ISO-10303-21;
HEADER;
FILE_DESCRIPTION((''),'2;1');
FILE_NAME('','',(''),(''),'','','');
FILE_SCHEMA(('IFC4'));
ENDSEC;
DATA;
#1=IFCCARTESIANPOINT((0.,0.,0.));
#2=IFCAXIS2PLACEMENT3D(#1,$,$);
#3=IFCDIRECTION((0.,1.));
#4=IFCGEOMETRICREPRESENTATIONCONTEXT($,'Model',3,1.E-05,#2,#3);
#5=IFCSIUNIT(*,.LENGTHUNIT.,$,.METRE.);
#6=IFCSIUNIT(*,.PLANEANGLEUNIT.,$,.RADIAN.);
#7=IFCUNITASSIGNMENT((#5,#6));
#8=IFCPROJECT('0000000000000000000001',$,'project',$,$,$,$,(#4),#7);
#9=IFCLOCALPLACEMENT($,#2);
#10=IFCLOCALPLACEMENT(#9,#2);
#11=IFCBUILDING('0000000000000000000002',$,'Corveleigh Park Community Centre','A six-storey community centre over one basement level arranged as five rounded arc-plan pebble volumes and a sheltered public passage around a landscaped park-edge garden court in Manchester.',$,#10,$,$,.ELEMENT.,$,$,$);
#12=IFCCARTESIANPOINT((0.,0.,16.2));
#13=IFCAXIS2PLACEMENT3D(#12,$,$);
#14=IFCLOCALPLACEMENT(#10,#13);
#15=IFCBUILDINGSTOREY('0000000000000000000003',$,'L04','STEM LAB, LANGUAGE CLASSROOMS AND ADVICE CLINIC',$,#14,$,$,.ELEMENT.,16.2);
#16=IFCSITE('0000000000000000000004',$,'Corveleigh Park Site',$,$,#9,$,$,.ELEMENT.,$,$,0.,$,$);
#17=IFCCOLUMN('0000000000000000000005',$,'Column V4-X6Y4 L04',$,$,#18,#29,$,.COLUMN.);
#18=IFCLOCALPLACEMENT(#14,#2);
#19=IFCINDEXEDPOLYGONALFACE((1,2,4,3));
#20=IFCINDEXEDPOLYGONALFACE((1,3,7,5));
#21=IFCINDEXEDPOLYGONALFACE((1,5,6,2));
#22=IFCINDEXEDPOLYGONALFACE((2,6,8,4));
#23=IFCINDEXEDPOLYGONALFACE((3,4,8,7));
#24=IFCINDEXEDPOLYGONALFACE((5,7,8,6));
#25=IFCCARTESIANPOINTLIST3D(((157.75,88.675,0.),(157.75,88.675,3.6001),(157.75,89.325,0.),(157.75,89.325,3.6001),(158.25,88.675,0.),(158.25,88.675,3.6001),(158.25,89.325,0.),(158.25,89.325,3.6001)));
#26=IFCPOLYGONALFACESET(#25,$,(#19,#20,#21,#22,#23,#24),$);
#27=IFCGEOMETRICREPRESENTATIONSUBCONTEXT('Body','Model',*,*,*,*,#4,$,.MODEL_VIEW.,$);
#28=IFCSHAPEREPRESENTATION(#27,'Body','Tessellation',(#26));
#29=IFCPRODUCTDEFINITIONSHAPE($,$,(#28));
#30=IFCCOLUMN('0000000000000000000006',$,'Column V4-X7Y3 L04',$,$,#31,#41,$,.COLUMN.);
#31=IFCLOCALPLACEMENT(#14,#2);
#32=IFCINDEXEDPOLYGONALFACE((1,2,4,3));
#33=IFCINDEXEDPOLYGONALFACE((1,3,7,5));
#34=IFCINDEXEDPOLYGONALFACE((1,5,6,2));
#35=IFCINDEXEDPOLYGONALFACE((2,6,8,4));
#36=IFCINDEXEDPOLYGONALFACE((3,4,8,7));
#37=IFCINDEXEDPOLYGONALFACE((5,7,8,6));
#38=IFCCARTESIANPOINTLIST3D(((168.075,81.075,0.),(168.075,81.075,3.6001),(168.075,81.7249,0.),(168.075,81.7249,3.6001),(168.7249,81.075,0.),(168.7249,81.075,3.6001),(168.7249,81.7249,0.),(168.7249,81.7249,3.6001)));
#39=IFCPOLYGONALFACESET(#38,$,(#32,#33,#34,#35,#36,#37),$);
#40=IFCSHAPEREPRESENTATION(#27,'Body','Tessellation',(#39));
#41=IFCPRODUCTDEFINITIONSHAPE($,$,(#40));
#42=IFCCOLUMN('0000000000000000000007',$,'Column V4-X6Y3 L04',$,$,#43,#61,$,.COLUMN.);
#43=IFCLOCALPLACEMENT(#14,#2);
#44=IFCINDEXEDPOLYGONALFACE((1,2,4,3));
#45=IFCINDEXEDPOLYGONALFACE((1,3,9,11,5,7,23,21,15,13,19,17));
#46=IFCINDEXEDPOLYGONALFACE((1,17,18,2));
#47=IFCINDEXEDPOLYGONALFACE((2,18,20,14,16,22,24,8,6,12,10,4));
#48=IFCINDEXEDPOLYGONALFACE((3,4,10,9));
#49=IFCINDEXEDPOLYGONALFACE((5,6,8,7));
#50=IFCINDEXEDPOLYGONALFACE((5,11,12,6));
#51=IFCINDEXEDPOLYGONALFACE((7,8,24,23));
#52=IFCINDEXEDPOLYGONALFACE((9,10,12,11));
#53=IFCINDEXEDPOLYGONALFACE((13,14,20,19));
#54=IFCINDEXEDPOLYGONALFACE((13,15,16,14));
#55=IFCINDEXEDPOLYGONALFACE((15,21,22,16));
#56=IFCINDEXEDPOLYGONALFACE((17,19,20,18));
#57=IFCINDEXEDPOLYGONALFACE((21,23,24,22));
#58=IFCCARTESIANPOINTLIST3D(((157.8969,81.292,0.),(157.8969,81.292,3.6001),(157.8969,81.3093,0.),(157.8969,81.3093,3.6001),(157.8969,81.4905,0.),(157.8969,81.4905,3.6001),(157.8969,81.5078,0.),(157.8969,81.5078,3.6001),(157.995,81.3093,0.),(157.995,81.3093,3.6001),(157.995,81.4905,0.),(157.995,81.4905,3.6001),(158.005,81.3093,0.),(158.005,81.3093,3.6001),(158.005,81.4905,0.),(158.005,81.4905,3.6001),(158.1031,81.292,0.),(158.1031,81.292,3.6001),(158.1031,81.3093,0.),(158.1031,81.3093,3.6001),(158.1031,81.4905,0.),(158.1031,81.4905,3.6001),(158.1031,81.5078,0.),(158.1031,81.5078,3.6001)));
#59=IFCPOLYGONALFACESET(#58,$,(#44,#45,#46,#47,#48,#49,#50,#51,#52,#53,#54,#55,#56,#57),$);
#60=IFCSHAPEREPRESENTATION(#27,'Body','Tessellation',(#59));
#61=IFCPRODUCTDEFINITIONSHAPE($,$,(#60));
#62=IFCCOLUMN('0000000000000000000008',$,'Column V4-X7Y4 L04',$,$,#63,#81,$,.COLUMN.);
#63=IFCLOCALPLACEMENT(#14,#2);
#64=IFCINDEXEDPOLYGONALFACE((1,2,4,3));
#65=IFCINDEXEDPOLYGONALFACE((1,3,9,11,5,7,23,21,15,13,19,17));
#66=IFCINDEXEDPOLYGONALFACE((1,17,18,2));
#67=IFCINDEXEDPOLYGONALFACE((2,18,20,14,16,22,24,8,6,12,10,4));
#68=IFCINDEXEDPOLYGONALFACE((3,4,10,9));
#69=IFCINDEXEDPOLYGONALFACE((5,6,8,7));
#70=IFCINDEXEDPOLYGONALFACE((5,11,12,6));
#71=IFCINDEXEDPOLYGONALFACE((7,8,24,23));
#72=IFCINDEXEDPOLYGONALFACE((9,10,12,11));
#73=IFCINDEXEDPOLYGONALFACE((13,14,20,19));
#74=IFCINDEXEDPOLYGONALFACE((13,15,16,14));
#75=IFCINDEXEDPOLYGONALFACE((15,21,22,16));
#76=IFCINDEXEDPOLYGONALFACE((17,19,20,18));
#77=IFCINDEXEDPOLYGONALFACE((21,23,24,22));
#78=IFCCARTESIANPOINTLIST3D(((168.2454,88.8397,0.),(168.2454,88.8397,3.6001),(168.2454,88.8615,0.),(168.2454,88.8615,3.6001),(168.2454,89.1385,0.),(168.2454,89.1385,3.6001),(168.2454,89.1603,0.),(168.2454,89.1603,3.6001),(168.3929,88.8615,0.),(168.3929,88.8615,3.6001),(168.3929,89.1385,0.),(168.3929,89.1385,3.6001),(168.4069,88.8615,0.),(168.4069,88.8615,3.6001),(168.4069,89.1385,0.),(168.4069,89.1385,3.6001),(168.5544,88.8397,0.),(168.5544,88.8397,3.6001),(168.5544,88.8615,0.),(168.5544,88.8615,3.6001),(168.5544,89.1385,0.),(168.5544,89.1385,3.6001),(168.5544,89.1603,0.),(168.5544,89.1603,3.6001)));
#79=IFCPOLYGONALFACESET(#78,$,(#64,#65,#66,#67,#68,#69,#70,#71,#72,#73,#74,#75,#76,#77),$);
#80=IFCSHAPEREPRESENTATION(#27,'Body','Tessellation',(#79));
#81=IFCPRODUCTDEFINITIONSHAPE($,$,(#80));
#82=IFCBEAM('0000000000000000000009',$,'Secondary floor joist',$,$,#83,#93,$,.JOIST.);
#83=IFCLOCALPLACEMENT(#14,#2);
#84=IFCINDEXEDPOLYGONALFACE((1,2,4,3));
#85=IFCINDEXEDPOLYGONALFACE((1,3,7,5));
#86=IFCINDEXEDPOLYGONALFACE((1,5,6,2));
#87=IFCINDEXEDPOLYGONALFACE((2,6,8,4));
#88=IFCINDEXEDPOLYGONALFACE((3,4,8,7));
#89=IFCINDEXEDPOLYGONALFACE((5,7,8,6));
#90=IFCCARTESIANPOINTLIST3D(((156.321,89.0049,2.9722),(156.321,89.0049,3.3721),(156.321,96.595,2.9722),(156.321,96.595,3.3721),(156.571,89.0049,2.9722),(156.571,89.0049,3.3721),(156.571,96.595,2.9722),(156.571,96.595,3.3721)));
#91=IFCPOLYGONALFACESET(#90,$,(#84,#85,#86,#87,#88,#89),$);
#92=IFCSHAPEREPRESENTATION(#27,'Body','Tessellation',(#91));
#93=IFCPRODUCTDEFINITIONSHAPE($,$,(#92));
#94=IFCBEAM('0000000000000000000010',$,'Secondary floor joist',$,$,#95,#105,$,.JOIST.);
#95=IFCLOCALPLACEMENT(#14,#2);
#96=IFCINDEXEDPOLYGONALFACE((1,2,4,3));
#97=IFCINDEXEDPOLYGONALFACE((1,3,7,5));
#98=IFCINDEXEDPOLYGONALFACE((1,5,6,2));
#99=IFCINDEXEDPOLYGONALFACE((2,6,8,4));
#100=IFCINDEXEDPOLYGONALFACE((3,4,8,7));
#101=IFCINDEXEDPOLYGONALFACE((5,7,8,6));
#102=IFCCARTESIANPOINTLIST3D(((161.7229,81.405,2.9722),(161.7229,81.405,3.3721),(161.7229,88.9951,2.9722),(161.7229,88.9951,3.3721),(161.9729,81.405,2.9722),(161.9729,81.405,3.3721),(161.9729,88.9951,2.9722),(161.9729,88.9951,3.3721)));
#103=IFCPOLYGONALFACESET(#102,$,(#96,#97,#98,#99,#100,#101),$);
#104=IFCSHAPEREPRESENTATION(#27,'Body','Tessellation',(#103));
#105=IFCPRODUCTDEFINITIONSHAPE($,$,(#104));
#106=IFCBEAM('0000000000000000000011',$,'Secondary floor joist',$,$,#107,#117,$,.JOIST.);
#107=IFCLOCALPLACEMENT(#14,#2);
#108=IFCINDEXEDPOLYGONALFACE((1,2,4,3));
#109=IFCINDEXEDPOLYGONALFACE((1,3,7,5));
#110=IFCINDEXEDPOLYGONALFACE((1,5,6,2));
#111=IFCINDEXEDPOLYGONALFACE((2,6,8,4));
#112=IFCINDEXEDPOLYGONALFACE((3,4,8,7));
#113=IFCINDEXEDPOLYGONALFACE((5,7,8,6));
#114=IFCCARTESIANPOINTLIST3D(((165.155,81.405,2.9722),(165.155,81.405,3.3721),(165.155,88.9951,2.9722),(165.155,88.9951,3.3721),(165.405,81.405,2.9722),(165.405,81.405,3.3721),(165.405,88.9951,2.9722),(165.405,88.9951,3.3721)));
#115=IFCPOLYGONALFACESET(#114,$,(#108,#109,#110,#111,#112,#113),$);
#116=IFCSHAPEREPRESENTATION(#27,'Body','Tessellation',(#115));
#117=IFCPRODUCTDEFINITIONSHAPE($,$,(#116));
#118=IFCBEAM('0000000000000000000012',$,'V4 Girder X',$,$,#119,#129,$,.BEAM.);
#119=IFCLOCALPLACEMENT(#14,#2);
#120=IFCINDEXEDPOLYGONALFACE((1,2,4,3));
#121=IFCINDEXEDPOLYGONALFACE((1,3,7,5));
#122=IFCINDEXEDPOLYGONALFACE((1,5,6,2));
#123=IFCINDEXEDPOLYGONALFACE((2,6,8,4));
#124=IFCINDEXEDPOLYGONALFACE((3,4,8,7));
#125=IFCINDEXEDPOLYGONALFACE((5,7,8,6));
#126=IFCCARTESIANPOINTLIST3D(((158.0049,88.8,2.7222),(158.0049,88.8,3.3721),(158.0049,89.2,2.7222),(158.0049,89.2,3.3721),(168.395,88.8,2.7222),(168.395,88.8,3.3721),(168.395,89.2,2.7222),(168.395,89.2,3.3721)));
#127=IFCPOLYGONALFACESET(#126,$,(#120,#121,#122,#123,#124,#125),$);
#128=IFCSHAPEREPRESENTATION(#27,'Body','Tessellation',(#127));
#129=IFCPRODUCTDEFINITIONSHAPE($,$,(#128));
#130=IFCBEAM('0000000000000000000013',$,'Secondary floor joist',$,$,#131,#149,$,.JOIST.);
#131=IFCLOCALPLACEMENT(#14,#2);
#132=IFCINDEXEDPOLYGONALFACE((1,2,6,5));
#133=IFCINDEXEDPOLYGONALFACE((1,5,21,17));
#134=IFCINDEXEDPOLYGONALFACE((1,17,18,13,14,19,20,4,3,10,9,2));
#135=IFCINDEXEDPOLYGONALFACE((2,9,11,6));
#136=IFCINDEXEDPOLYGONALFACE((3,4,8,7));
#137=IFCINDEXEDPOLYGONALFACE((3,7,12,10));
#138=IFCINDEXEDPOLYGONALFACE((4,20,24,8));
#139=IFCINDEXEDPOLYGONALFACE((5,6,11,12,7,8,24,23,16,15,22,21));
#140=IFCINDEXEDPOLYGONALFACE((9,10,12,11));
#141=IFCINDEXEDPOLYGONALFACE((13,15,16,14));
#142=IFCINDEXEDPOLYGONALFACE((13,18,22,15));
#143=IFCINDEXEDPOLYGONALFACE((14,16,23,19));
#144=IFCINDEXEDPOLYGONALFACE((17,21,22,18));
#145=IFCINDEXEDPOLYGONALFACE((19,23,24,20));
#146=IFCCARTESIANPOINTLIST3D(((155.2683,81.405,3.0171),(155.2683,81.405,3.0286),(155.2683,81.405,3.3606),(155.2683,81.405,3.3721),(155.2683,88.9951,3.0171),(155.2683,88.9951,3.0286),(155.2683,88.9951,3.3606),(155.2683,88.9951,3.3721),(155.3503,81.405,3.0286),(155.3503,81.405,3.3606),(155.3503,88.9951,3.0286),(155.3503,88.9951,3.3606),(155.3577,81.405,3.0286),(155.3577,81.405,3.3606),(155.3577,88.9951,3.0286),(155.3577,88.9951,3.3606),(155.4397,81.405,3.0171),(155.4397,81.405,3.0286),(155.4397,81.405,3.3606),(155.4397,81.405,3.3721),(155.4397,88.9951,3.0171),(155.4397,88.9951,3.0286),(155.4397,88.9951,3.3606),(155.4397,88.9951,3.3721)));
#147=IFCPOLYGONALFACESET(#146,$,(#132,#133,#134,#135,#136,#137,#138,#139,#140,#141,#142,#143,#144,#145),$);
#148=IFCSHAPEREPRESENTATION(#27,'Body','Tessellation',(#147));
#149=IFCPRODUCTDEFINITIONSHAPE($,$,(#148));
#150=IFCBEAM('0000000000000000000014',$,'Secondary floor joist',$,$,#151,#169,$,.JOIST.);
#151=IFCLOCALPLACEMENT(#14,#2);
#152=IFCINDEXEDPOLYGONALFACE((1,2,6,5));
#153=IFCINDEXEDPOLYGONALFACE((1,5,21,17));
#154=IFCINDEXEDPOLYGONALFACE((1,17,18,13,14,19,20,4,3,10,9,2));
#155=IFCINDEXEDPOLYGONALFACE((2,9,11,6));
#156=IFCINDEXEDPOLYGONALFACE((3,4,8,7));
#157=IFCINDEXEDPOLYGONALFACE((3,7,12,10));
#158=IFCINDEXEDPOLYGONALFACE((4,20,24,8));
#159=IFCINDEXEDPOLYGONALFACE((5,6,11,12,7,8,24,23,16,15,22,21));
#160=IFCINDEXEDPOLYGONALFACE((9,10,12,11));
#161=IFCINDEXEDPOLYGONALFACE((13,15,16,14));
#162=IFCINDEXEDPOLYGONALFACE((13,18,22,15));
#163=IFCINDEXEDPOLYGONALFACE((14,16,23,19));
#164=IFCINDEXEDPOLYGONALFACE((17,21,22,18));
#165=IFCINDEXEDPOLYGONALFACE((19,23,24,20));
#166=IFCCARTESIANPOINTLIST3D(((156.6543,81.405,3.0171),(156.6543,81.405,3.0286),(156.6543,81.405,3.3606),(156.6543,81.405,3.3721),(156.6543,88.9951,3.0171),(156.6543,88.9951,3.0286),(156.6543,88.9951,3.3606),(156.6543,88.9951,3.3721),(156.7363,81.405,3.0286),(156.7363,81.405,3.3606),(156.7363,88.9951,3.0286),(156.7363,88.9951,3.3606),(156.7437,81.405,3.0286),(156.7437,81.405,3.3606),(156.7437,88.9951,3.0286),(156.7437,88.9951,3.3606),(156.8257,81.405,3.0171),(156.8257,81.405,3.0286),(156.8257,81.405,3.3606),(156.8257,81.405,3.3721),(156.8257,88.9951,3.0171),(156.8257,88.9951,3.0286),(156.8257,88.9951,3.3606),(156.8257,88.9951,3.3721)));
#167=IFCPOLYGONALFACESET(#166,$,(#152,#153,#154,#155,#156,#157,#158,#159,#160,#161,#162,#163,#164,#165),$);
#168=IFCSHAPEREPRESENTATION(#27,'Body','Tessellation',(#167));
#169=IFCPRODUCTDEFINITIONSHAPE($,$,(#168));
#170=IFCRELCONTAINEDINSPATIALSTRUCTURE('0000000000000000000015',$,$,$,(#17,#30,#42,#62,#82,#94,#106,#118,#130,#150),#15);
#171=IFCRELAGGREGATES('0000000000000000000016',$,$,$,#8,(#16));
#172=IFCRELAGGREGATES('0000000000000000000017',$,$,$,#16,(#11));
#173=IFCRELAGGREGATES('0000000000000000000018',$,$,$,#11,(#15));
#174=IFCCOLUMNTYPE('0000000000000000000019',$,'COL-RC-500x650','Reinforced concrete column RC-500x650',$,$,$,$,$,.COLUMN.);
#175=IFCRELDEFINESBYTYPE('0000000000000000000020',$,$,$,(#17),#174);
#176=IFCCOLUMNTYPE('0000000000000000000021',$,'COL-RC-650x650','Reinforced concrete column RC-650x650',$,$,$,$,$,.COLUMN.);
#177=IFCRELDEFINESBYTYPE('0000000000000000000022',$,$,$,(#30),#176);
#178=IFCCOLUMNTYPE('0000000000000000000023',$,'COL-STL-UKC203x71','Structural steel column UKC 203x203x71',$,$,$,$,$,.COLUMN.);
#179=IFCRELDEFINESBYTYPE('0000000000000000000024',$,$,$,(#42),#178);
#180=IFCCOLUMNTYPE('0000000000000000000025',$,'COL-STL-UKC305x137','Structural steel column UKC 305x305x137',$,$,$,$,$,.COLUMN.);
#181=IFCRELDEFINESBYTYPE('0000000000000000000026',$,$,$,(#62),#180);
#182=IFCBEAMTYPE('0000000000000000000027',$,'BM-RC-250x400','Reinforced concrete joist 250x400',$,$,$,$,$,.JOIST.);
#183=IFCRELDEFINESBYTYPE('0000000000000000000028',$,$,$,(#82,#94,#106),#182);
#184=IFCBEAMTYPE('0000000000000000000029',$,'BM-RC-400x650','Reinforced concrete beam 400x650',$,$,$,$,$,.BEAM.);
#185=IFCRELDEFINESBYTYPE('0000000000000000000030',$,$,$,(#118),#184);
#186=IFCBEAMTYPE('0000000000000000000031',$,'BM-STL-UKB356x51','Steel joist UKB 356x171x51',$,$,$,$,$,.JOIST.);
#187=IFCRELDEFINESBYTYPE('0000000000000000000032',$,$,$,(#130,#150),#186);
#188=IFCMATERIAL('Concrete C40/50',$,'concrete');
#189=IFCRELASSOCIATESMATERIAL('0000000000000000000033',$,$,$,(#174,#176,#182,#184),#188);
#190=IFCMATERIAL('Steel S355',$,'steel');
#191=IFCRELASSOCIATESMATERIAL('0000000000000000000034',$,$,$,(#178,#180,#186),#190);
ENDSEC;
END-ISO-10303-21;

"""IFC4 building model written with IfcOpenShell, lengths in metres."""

from ifc_helpers import new_model, si_unit, direction, frame, origin, origin_2d, place, context, subcontext, project, spatial, rectangle, i_section, extrude, material, material_profile, profile_set, type_object, element, save


model = new_model("IFC4")

# Units and contexts
model_context = context("Model", 3, precision=1e-05, world=origin(), true_north=direction((0.0, 1.0)))
body_context = subcontext(model_context, "Body", "Model", "MODEL_VIEW")
ifc_project = project(units=[si_unit("LENGTHUNIT", "METRE"), si_unit("PLANEANGLEUNIT", "RADIAN")], contexts=[model_context])

# Site, building, storey
site_placement = place(None, origin())
site = spatial("IfcSite", under=ifc_project, at=site_placement, Name="Corveleigh Park Site", CompositionType="ELEMENT", RefElevation=0.0)
building_placement = place(site_placement, origin())
building = spatial("IfcBuilding", under=site, at=building_placement, Name="Corveleigh Park Community Centre", Description="A six-storey community centre over one basement level arranged as five rounded arc-plan pebble volumes and a sheltered public passage around a landscaped park-edge garden court in Manchester.", CompositionType="ELEMENT")
storey_placement = place(building_placement, frame((0.0, 0.0, 16.2)))
storey = spatial("IfcBuildingStorey", under=building, at=storey_placement, Name="L04", Description="STEM LAB, LANGUAGE CLASSROOMS AND ADVICE CLINIC", CompositionType="ELEMENT", Elevation=16.2)

# Columns
ifc_material_1 = material(Name="Concrete C40/50", Category="concrete")
ifc_material_profile_1 = material_profile(ifc_material_1, rectangle(XDim=0.5, YDim=0.6499, at=origin_2d()), Name="RC-500x650", Category="concrete")
ifc_profile_set_1 = profile_set([ifc_material_profile_1], Name="Concrete C40/50")
column_type_1 = type_object("IfcColumnType", Name="COL-RC-500x650", Description="Reinforced concrete column RC-500x650", PredefinedType="COLUMN", material=ifc_profile_set_1)
column_1_placement = place(storey_placement, frame((158.0, 89.0, 0.0), z_axis=(0.0, 0.0, 1.0), x_axis=(1.0, 0.0, 0.0)))
element("IfcColumn", 1, at=column_1_placement, inside=storey, type_object=column_type_1, Name="Column V4-X6Y4 L04", PredefinedType="COLUMN", context=body_context, shape_type="SweptSolid", body=[
    extrude(rectangle(XDim=0.5, YDim=0.6499, at=origin_2d()), origin(), (0.0, 0.0, 1.0), 3.6001),
])
ifc_material_profile_2 = material_profile(ifc_material_1, rectangle(XDim=0.6499, YDim=0.6499, at=origin_2d()), Name="RC-650x650", Category="concrete")
ifc_profile_set_2 = profile_set([ifc_material_profile_2], Name="Concrete C40/50")
column_type_2 = type_object("IfcColumnType", Name="COL-RC-650x650", Description="Reinforced concrete column RC-650x650", PredefinedType="COLUMN", material=ifc_profile_set_2)
column_2_placement = place(storey_placement, frame((168.3999, 81.3999, 0.0), z_axis=(0.0, 0.0, 1.0), x_axis=(1.0, 0.0, 0.0)))
element("IfcColumn", 2, at=column_2_placement, inside=storey, type_object=column_type_2, Name="Column V4-X7Y3 L04", PredefinedType="COLUMN", context=body_context, shape_type="SweptSolid", body=[
    extrude(rectangle(XDim=0.6499, YDim=0.6499, at=origin_2d()), origin(), (0.0, 0.0, 1.0), 3.6001),
])
ifc_material_2 = material(Name="Steel S355", Category="steel")
ifc_material_profile_3 = material_profile(ifc_material_2, i_section(OverallWidth=0.2063, OverallDepth=0.2158, WebThickness=0.01, FlangeThickness=0.0173, at=origin_2d()), Name="UKC 203x203x71", Category="steel")
ifc_profile_set_3 = profile_set([ifc_material_profile_3], Name="Steel S355")
column_type_3 = type_object("IfcColumnType", Name="COL-STL-UKC203x71", Description="Structural steel column UKC 203x203x71", PredefinedType="COLUMN", material=ifc_profile_set_3)
column_3_placement = place(storey_placement, frame((158.0, 81.3999, 0.0), z_axis=(0.0, 0.0, 1.0), x_axis=(1.0, 0.0, 0.0)))
element("IfcColumn", 3, at=column_3_placement, inside=storey, type_object=column_type_3, Name="Column V4-X6Y3 L04", PredefinedType="COLUMN", context=body_context, shape_type="SweptSolid", body=[
    extrude(i_section(OverallWidth=0.2063, OverallDepth=0.2158, WebThickness=0.01, FlangeThickness=0.0173, at=origin_2d()), origin(), (0.0, 0.0, 1.0), 3.6001),
])
ifc_material_profile_4 = material_profile(ifc_material_2, i_section(OverallWidth=0.3091, OverallDepth=0.3206, WebThickness=0.0139, FlangeThickness=0.0217, at=origin_2d()), Name="UKC 305x305x137", Category="steel")
ifc_profile_set_4 = profile_set([ifc_material_profile_4], Name="Steel S355")
column_type_4 = type_object("IfcColumnType", Name="COL-STL-UKC305x137", Description="Structural steel column UKC 305x305x137", PredefinedType="COLUMN", material=ifc_profile_set_4)
column_4_placement = place(storey_placement, frame((168.3999, 89.0, 0.0), z_axis=(0.0, 0.0, 1.0), x_axis=(1.0, 0.0, 0.0)))
element("IfcColumn", 4, at=column_4_placement, inside=storey, type_object=column_type_4, Name="Column V4-X7Y4 L04", PredefinedType="COLUMN", context=body_context, shape_type="SweptSolid", body=[
    extrude(i_section(OverallWidth=0.3091, OverallDepth=0.3206, WebThickness=0.0139, FlangeThickness=0.0217, at=origin_2d()), origin(), (0.0, 0.0, 1.0), 3.6001),
])

# Beams
ifc_material_profile_5 = material_profile(ifc_material_1, rectangle(XDim=0.25, YDim=0.3999, at=origin_2d()), Name="RC-250x400", Category="concrete")
ifc_profile_set_5 = profile_set([ifc_material_profile_5], Name="Concrete C40/50")
beam_type_1 = type_object("IfcBeamType", Name="BM-RC-250x400", Description="Reinforced concrete joist 250x400", PredefinedType="JOIST", material=ifc_profile_set_5)
for number, where, z_axis, x_axis, name in (
    (5, (156.446, 89.0049, 3.1721), (0.0, 1.0, 0.0), (-1.0, 0.0, 0.0), "Secondary floor joist"),
    (6, (161.8479, 81.405, 3.1721), (0.0, 1.0, 0.0), (-1.0, 0.0, 0.0), "Secondary floor joist"),
    (7, (165.28, 81.405, 3.1721), (0.0, 1.0, 0.0), (-1.0, 0.0, 0.0), "Secondary floor joist"),
):
    element("IfcBeam", number, at=place(storey_placement, frame(where, z_axis=z_axis, x_axis=x_axis)), inside=storey, type_object=beam_type_1, Name=name, PredefinedType="JOIST", context=body_context, shape_type="SweptSolid", body=[
        extrude(rectangle(XDim=0.25, YDim=0.3999, at=origin_2d()), origin(), (0.0, 0.0, 1.0), 7.5901),
    ])
ifc_material_profile_6 = material_profile(ifc_material_1, rectangle(XDim=0.3999, YDim=0.6499, at=origin_2d()), Name="RC-400x650", Category="concrete")
ifc_profile_set_6 = profile_set([ifc_material_profile_6], Name="Concrete C40/50")
beam_type_2 = type_object("IfcBeamType", Name="BM-RC-400x650", Description="Reinforced concrete beam 400x650", PredefinedType="BEAM", material=ifc_profile_set_6)
beam_1_placement = place(storey_placement, frame((158.0049, 89.0, 3.0471), z_axis=(1.0, 0.0, 0.0), x_axis=(0.0, 1.0, 0.0)))
element("IfcBeam", 8, at=beam_1_placement, inside=storey, type_object=beam_type_2, Name="V4 Girder X", PredefinedType="BEAM", context=body_context, shape_type="SweptSolid", body=[
    extrude(rectangle(XDim=0.3999, YDim=0.6499, at=origin_2d()), origin(), (0.0, 0.0, 1.0), 10.3901),
])
ifc_material_profile_7 = material_profile(ifc_material_2, i_section(OverallWidth=0.1714, OverallDepth=0.355, WebThickness=0.0073, FlangeThickness=0.0115, at=origin_2d()), Name="UKB 356x171x51", Category="steel")
ifc_profile_set_7 = profile_set([ifc_material_profile_7], Name="Steel S355")
beam_type_3 = type_object("IfcBeamType", Name="BM-STL-UKB356x51", Description="Steel joist UKB 356x171x51", PredefinedType="JOIST", material=ifc_profile_set_7)
for number, where, z_axis, x_axis, name in (
    (9, (155.354, 81.405, 3.1946), (0.0, 1.0, 0.0), (-1.0, 0.0, 0.0), "Secondary floor joist"),
    (10, (156.74, 81.405, 3.1946), (0.0, 1.0, 0.0), (-1.0, 0.0, 0.0), "Secondary floor joist"),
):
    element("IfcBeam", number, at=place(storey_placement, frame(where, z_axis=z_axis, x_axis=x_axis)), inside=storey, type_object=beam_type_3, Name=name, PredefinedType="JOIST", context=body_context, shape_type="SweptSolid", body=[
        extrude(i_section(OverallWidth=0.1714, OverallDepth=0.355, WebThickness=0.0073, FlangeThickness=0.0115, at=origin_2d()), origin(), (0.0, 0.0, 1.0), 7.5901),
    ])

save(model, "model.ifc")
